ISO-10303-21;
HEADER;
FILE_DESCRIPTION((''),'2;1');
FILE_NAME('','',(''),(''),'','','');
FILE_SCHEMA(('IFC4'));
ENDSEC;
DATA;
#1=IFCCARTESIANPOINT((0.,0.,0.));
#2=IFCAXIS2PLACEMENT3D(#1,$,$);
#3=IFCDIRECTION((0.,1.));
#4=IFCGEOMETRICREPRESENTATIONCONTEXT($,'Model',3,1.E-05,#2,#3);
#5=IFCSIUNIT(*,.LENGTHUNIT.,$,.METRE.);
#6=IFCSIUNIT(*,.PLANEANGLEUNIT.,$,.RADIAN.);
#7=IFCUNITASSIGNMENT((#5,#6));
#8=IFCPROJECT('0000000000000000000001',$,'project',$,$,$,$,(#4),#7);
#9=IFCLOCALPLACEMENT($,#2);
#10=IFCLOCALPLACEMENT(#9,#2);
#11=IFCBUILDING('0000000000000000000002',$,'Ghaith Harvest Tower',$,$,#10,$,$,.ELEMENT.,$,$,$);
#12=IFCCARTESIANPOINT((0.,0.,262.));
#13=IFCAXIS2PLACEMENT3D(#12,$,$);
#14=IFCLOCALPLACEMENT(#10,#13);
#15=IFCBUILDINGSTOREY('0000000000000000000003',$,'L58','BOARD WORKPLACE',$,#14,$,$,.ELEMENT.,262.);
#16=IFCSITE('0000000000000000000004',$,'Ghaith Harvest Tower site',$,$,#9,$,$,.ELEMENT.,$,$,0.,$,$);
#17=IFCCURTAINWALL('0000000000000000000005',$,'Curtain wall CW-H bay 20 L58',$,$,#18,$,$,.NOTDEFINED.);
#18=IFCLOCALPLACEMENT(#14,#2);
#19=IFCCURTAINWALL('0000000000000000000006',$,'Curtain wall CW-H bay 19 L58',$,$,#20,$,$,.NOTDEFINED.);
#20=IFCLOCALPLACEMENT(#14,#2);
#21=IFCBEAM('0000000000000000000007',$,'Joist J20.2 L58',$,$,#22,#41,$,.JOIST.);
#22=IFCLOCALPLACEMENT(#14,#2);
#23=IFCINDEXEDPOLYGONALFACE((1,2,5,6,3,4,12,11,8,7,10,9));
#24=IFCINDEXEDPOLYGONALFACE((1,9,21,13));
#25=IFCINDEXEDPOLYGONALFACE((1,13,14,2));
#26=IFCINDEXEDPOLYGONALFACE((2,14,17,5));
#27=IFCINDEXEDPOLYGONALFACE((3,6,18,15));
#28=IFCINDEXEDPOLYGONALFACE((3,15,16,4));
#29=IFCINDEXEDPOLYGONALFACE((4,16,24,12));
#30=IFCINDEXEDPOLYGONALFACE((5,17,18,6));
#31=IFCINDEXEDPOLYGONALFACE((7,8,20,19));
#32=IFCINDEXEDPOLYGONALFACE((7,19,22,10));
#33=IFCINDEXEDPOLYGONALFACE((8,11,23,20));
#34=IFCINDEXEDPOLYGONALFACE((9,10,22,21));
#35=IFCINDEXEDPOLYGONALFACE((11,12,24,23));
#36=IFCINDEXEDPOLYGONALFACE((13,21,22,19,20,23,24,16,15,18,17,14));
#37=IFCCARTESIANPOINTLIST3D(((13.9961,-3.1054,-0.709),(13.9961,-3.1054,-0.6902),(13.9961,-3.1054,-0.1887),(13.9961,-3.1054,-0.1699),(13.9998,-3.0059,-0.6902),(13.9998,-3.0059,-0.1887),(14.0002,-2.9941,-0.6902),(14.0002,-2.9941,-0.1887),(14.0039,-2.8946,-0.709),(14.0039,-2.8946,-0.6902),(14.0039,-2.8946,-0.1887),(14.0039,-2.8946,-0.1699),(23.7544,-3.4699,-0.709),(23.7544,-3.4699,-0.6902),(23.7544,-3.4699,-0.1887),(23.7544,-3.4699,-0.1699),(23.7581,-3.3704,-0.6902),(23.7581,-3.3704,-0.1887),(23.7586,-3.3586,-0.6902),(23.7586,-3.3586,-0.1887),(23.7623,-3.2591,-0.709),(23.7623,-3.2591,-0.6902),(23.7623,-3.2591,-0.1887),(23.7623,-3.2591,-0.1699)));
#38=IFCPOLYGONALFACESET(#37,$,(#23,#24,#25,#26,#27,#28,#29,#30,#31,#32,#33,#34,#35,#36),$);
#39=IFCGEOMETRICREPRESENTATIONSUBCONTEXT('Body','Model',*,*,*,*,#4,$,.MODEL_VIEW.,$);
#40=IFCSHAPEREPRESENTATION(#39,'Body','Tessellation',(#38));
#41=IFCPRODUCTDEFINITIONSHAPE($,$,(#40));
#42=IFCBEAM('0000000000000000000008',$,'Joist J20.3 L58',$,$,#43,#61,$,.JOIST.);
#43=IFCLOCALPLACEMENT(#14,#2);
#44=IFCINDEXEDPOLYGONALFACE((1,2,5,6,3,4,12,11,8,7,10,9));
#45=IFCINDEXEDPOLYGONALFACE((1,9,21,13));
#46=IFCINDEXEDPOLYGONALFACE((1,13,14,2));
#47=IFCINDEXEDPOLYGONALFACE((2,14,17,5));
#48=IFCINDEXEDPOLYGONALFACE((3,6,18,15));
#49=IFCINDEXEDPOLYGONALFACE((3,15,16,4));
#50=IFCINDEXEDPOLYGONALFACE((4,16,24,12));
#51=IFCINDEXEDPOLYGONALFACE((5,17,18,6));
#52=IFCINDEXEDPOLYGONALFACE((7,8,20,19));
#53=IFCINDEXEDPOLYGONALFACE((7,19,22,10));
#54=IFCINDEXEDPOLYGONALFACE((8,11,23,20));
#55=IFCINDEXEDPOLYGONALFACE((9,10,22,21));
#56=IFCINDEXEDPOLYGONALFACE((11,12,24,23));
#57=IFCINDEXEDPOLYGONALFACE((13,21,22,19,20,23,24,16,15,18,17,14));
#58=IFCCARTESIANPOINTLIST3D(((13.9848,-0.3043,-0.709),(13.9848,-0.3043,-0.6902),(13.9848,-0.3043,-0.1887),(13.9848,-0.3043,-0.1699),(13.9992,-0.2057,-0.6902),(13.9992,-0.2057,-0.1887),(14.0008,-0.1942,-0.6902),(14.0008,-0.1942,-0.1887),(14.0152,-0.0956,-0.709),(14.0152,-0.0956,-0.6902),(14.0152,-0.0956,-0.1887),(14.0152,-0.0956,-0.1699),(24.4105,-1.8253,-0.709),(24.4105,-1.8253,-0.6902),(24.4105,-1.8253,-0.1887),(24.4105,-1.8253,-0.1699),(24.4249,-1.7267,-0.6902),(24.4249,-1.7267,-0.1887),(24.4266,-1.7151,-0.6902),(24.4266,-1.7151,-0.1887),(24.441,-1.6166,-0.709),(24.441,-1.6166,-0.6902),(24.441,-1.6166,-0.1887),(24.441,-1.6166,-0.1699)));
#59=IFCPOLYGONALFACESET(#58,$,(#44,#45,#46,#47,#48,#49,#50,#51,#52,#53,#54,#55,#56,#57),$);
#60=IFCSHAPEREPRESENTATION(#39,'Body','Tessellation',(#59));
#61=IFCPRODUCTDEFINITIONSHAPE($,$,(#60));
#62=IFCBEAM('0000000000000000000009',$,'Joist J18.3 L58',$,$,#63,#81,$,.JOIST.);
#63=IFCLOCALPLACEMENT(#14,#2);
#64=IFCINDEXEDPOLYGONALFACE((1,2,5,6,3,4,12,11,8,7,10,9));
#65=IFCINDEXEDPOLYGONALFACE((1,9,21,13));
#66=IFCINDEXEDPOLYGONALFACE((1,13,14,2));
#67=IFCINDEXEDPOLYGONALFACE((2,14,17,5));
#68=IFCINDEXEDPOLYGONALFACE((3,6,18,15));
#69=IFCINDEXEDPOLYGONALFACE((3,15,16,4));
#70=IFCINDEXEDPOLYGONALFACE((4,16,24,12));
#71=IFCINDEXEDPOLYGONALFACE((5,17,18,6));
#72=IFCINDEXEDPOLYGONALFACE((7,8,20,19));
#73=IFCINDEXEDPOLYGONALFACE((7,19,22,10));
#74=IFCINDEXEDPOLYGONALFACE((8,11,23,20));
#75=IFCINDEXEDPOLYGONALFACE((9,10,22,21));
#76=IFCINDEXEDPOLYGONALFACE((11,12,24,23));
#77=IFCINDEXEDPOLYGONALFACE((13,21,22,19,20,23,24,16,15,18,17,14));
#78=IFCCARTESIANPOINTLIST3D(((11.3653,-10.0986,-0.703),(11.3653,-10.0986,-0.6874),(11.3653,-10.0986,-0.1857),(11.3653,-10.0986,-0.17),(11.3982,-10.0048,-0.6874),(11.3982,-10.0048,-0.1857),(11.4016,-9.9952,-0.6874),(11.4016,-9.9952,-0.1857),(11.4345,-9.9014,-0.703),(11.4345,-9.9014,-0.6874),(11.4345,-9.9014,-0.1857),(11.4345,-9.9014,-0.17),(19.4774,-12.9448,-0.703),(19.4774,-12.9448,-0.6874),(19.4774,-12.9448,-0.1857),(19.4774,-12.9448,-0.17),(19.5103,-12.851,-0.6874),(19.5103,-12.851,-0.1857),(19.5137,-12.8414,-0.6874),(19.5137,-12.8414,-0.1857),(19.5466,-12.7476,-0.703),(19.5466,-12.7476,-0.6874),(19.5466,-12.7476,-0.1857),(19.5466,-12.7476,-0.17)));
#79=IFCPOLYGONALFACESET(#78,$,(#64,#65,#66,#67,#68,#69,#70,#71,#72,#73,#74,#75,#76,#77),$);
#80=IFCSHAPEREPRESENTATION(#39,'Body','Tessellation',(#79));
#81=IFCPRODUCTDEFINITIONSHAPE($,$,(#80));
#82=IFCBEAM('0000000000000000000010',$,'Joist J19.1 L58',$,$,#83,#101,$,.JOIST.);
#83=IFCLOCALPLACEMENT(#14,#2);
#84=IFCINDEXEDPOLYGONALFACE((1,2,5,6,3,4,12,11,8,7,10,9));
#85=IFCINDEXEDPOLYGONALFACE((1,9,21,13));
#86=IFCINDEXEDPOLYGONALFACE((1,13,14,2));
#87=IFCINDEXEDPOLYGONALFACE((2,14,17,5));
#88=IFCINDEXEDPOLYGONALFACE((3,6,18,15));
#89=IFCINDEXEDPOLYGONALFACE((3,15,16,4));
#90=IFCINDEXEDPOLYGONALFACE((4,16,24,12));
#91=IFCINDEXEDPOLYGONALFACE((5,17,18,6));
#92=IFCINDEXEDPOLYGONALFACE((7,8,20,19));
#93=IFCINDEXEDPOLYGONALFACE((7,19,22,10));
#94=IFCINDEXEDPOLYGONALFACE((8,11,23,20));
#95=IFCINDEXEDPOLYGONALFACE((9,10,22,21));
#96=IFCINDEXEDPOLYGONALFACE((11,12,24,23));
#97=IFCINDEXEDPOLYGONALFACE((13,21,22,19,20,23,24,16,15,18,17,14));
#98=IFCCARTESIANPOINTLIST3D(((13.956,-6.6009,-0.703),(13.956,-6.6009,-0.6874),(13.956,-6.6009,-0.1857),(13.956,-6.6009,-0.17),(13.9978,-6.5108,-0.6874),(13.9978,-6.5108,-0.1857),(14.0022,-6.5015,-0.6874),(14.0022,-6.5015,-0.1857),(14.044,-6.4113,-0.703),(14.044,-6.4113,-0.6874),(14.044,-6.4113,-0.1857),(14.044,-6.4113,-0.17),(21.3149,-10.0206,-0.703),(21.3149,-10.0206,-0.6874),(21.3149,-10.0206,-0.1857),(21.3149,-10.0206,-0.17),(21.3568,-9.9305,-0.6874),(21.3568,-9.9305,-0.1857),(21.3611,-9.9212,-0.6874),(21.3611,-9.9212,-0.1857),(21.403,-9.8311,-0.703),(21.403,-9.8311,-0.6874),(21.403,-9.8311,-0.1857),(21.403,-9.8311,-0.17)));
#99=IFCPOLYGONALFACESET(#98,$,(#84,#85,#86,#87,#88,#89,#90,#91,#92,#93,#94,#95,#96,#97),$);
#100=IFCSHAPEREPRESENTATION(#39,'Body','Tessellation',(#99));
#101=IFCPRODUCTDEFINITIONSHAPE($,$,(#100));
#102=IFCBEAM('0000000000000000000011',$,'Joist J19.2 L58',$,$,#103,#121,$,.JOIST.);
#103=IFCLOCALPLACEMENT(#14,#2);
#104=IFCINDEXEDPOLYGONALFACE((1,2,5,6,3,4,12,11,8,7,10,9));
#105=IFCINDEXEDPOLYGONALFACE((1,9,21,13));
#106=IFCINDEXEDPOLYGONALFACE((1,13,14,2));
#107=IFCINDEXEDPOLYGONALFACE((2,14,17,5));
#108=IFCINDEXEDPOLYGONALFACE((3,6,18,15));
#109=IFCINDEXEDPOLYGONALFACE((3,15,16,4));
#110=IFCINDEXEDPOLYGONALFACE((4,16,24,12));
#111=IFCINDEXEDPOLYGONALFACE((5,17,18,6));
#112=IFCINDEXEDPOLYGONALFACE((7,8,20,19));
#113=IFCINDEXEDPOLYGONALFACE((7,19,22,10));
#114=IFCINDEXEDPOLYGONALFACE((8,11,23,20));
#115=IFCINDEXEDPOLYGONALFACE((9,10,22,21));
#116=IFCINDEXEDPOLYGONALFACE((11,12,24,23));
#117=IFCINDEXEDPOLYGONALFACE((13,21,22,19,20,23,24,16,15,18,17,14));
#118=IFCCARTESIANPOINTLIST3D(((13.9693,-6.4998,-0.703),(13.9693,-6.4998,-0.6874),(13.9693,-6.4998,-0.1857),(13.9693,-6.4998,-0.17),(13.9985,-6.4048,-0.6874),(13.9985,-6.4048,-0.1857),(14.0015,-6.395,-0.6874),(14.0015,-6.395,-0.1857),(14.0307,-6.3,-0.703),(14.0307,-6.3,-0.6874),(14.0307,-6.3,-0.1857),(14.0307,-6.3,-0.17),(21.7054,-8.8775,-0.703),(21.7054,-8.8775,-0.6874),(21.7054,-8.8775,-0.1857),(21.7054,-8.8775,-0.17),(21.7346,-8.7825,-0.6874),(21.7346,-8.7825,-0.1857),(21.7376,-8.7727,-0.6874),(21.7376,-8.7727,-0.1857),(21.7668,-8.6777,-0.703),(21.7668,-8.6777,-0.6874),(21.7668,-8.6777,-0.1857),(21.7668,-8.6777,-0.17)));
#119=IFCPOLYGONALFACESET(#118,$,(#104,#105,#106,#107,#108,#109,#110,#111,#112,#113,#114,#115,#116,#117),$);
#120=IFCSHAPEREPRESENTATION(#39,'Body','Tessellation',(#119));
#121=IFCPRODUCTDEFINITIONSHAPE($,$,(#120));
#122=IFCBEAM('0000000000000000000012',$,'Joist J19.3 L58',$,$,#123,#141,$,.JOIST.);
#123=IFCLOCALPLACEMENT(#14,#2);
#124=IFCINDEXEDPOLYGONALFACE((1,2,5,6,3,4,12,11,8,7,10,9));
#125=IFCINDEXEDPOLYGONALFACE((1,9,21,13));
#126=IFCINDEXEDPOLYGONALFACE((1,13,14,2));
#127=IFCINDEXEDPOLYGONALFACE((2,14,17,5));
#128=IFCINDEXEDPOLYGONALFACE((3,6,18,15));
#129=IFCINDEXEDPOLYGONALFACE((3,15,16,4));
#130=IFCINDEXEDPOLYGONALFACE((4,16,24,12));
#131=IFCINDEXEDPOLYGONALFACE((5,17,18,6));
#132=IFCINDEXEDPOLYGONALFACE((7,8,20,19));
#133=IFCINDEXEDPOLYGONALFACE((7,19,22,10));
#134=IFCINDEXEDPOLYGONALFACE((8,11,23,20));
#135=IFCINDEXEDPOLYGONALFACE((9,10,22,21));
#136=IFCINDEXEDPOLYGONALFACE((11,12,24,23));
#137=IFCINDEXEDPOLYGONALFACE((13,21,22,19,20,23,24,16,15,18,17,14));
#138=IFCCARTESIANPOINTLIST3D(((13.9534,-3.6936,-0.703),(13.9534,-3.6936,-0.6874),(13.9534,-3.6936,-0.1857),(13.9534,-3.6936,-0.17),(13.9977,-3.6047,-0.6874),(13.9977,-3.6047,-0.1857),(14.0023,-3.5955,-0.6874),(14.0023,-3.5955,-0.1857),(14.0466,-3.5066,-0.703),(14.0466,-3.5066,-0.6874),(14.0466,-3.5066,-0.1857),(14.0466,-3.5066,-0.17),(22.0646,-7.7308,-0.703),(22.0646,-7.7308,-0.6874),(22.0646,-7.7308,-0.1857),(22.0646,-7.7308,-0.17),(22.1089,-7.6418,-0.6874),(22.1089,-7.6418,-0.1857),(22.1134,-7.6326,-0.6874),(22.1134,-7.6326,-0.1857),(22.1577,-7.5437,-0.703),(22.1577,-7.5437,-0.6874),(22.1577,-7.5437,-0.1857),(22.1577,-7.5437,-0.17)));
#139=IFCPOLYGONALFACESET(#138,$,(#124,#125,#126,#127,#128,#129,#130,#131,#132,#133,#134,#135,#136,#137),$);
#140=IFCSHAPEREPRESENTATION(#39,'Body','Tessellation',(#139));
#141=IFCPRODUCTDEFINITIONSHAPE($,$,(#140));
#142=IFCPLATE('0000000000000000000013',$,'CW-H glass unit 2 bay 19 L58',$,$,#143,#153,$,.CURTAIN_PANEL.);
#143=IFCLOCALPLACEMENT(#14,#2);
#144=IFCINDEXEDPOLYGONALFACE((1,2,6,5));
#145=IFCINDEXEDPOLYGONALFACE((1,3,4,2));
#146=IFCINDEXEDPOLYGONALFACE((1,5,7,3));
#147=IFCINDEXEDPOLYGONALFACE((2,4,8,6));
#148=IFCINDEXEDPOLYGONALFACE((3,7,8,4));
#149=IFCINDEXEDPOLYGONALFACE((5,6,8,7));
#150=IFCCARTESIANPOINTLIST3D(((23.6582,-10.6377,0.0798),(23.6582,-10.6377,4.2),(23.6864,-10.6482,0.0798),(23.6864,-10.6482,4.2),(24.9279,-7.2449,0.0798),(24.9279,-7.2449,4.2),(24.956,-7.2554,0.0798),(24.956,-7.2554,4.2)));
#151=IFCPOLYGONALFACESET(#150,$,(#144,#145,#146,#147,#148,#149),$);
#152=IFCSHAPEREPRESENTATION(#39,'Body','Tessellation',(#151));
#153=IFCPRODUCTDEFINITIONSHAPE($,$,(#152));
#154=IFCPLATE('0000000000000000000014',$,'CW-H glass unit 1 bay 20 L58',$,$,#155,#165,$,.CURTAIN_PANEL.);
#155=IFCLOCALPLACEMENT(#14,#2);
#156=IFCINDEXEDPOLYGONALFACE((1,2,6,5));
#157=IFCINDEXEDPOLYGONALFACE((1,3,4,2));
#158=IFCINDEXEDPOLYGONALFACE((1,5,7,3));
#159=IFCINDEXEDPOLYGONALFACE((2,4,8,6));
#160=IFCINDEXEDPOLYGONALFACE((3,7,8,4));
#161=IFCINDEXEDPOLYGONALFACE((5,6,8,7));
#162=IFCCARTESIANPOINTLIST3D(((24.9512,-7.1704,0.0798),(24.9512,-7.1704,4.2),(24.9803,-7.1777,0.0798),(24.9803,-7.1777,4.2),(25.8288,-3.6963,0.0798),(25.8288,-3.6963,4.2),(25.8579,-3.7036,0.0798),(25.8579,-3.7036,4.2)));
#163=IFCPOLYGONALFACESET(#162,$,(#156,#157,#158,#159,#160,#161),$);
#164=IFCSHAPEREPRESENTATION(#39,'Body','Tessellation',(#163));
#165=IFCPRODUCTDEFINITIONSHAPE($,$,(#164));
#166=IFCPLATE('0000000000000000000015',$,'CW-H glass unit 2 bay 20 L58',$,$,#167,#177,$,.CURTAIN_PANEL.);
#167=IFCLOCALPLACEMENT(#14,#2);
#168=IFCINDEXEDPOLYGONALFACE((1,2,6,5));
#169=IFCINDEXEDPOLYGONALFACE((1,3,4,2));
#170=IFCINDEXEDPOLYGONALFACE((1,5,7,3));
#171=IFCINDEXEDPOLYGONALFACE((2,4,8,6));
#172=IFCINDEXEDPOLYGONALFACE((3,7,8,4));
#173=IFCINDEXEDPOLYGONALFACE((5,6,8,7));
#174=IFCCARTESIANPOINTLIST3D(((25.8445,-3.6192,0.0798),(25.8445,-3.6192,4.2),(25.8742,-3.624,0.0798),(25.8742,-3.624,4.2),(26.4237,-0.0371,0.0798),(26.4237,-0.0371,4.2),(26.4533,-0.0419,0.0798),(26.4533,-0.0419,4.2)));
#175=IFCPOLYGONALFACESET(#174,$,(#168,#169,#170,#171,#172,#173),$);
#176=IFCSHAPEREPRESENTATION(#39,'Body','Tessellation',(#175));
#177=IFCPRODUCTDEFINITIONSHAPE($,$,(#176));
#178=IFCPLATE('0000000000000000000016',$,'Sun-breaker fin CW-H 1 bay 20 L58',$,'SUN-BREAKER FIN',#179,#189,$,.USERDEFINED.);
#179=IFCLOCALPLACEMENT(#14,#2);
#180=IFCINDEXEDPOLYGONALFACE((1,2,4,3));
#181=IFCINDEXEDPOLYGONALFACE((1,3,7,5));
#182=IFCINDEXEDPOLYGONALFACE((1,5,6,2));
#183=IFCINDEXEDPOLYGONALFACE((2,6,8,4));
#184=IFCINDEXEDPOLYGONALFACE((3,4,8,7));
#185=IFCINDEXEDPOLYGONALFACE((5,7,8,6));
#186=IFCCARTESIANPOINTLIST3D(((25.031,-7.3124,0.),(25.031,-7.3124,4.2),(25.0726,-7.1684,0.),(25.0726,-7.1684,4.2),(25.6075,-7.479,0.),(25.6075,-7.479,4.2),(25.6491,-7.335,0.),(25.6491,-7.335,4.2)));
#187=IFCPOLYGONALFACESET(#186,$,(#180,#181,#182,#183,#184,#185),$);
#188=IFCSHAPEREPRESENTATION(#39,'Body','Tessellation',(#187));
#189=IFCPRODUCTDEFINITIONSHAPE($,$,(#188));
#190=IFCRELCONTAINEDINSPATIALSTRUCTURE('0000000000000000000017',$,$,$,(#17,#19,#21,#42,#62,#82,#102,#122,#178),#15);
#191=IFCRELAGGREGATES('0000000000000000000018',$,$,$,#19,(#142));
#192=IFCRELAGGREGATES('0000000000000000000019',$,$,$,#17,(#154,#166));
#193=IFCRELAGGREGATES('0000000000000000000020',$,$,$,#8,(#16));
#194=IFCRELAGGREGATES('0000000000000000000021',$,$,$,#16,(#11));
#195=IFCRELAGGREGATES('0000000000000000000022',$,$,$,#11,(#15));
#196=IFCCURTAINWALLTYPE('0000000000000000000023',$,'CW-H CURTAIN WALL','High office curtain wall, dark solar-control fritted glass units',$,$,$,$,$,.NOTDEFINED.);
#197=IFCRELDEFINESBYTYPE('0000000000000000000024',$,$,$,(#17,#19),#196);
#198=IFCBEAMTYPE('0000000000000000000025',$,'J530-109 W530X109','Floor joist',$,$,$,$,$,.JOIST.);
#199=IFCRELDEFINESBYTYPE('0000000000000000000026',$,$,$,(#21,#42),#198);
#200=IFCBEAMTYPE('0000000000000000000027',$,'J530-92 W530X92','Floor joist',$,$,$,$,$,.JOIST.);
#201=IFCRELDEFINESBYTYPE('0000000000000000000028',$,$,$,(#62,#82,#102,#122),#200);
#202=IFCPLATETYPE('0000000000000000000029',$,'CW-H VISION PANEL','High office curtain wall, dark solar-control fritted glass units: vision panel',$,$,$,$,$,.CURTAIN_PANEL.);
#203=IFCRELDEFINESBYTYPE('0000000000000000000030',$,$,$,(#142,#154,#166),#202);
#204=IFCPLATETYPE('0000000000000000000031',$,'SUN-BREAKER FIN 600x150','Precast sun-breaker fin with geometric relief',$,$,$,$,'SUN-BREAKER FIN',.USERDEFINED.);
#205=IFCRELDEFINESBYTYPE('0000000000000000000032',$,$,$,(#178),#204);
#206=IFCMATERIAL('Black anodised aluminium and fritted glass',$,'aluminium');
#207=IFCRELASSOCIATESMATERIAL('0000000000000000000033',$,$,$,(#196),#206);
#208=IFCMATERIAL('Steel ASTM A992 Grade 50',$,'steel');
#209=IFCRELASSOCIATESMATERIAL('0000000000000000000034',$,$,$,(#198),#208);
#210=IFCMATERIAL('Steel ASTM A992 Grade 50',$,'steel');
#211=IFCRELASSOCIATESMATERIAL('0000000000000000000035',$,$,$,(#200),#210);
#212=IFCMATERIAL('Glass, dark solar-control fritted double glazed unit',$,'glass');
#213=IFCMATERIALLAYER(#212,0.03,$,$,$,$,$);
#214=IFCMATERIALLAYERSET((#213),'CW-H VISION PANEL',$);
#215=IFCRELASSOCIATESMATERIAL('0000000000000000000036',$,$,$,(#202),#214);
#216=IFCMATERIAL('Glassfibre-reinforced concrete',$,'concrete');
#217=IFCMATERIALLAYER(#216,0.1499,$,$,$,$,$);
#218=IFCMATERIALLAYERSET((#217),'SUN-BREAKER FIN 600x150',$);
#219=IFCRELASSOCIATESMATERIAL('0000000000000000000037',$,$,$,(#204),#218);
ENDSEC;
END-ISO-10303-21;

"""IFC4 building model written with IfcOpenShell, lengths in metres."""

from ifc_helpers import new_model, si_unit, direction, frame, origin, origin_2d, place, context, subcontext, project, spatial, rectangle, i_section, extrude, material, layer, layer_set, material_profile, profile_set, type_object, element, aggregate, save


model = new_model("IFC4")

# Units and contexts
model_context = context("Model", 3, precision=1e-05, world=origin(), true_north=direction((0.0, 1.0)))
body_context = subcontext(model_context, "Body", "Model", "MODEL_VIEW")
ifc_project = project(units=[si_unit("LENGTHUNIT", "METRE"), si_unit("PLANEANGLEUNIT", "RADIAN")], contexts=[model_context])

# Site, building, storey
site_placement = place(None, origin())
site = spatial("IfcSite", under=ifc_project, at=site_placement, Name="Ghaith Harvest Tower site", CompositionType="ELEMENT", RefElevation=0.0)
building_placement = place(site_placement, origin())
building = spatial("IfcBuilding", under=site, at=building_placement, Name="Ghaith Harvest Tower", CompositionType="ELEMENT")
storey_placement = place(building_placement, frame((0.0, 0.0, 262.0)))
storey = spatial("IfcBuildingStorey", under=building, at=storey_placement, Name="L58", Description="BOARD WORKPLACE", CompositionType="ELEMENT", Elevation=262.0)

# Curtain wall
ifc_material_1 = material(Name="Black anodised aluminium and fritted glass", Category="aluminium")
curtain_wall_type = type_object("IfcCurtainWallType", Name="CW-H CURTAIN WALL", Description="High office curtain wall, dark solar-control fritted glass units", PredefinedType="NOTDEFINED", material=ifc_material_1)
curtain_wall_1_placement = place(storey_placement, origin())
curtain_wall_1 = element("IfcCurtainWall", 1, at=curtain_wall_1_placement, inside=storey, type_object=curtain_wall_type, Name="Curtain wall CW-H bay 20 L58", PredefinedType="NOTDEFINED")

# Curtain wall
curtain_wall_2_placement = place(storey_placement, origin())
curtain_wall_2 = element("IfcCurtainWall", 2, at=curtain_wall_2_placement, inside=storey, type_object=curtain_wall_type, Name="Curtain wall CW-H bay 19 L58", PredefinedType="NOTDEFINED")

# Beams
ifc_material_2 = material(Name="Steel ASTM A992 Grade 50", Category="steel")
ifc_material_profile_1 = material_profile(ifc_material_2, i_section(OverallWidth=0.2109, OverallDepth=0.5391, WebThickness=0.0117, FlangeThickness=0.0188, at=origin_2d()), Name="W530X109")
ifc_profile_set_1 = profile_set([ifc_material_profile_1], Name="Steel ASTM A992 Grade 50")
beam_type_1 = type_object("IfcBeamType", Name="J530-109 W530X109", Description="Floor joist", PredefinedType="JOIST", material=ifc_profile_set_1)
beam_1_placement = place(storey_placement, frame((14.0, -3.0, -0.4395), z_axis=(0.999303, -0.037327, 0.0), x_axis=(0.037327, 0.999303, 0.0)))
element("IfcBeam", 3, at=beam_1_placement, inside=storey, type_object=beam_type_1, Name="Joist J20.2 L58", PredefinedType="JOIST", context=body_context, shape_type="SweptSolid", body=[
    extrude(i_section(OverallWidth=0.2109, OverallDepth=0.5391, WebThickness=0.0117, FlangeThickness=0.0188, at=origin_2d()), origin(), (0.0, 0.0, 1.0), 9.7651),
])
beam_2_placement = place(storey_placement, frame((14.0, -0.2, -0.4395), z_axis=(0.989525, -0.14436, 0.0), x_axis=(0.14436, 0.989525, 0.0)))
element("IfcBeam", 4, at=beam_2_placement, inside=storey, type_object=beam_type_1, Name="Joist J20.3 L58", PredefinedType="JOIST", context=body_context, shape_type="SweptSolid", body=[
    extrude(i_section(OverallWidth=0.2109, OverallDepth=0.5391, WebThickness=0.0117, FlangeThickness=0.0188, at=origin_2d()), origin(), (0.0, 0.0, 1.0), 10.5361),
])
ifc_material_3 = material(Name="Steel ASTM A992 Grade 50", Category="steel")
ifc_material_profile_2 = material_profile(ifc_material_3, i_section(OverallWidth=0.209, OverallDepth=0.533, WebThickness=0.0103, FlangeThickness=0.0156, at=origin_2d()), Name="W530X92")
ifc_profile_set_2 = profile_set([ifc_material_profile_2], Name="Steel ASTM A992 Grade 50")
beam_type_2 = type_object("IfcBeamType", Name="J530-92 W530X92", Description="Floor joist", PredefinedType="JOIST", material=ifc_profile_set_2)
beam_3_placement = place(storey_placement, frame((11.3999, -10.0, -0.4365), z_axis=(0.943605, -0.331073, 0.0), x_axis=(0.331073, 0.943605, 0.0)))
element("IfcBeam", 5, at=beam_3_placement, inside=storey, type_object=beam_type_2, Name="Joist J18.3 L58", PredefinedType="JOIST", context=body_context, shape_type="SweptSolid", body=[
    extrude(i_section(OverallWidth=0.209, OverallDepth=0.533, WebThickness=0.0103, FlangeThickness=0.0156, at=origin_2d()), origin(), (0.0, 0.0, 1.0), 8.5969),
])
beam_4_placement = place(storey_placement, frame((14.0, -6.5061, -0.4365), z_axis=(0.906865, -0.421421, 0.0), x_axis=(0.421421, 0.906865, 0.0)))
element("IfcBeam", 6, at=beam_4_placement, inside=storey, type_object=beam_type_2, Name="Joist J19.1 L58", PredefinedType="JOIST", context=body_context, shape_type="SweptSolid", body=[
    extrude(i_section(OverallWidth=0.209, OverallDepth=0.533, WebThickness=0.0103, FlangeThickness=0.0156, at=origin_2d()), origin(), (0.0, 0.0, 1.0), 8.1147),
])
beam_5_placement = place(storey_placement, frame((14.0, -6.3999, -0.4365), z_axis=(0.955871, -0.293787, 0.0), x_axis=(0.293787, 0.955871, 0.0)))
element("IfcBeam", 7, at=beam_5_placement, inside=storey, type_object=beam_type_2, Name="Joist J19.2 L58", PredefinedType="JOIST", context=body_context, shape_type="SweptSolid", body=[
    extrude(i_section(OverallWidth=0.209, OverallDepth=0.533, WebThickness=0.0103, FlangeThickness=0.0156, at=origin_2d()), origin(), (0.0, 0.0, 1.0), 8.0933),
])
beam_6_placement = place(storey_placement, frame((14.0, -3.6001, -0.4365), z_axis=(0.895239, -0.445585, 0.0), x_axis=(0.445585, 0.895239, 0.0)))
element("IfcBeam", 8, at=beam_6_placement, inside=storey, type_object=beam_type_2, Name="Joist J19.3 L58", PredefinedType="JOIST", context=body_context, shape_type="SweptSolid", body=[
    extrude(i_section(OverallWidth=0.209, OverallDepth=0.533, WebThickness=0.0103, FlangeThickness=0.0156, at=origin_2d()), origin(), (0.0, 0.0, 1.0), 9.0603),
])

# Plates
ifc_material_4 = material(Name="Glass, dark solar-control fritted double glazed unit", Category="glass")
ifc_layer_1 = layer(ifc_material_4, 0.03)
ifc_layer_set_1 = layer_set([ifc_layer_1], Name="CW-H VISION PANEL")
plate_type_1 = type_object("IfcPlateType", Name="CW-H VISION PANEL", Description="High office curtain wall, dark solar-control fritted glass units: vision panel", PredefinedType="CURTAIN_PANEL", material=ifc_layer_set_1)
plate_1_placement = place(storey_placement, frame((24.3071, -8.9465, 0.0798), z_axis=(0.0, 0.0, 1.0), x_axis=(0.350481, 0.93657, 0.0)))
plate_1 = element("IfcPlate", 9, at=plate_1_placement, type_object=plate_type_1, Name="CW-H glass unit 2 bay 19 L58", PredefinedType="CURTAIN_PANEL", context=body_context, shape_type="SweptSolid", body=[
    extrude(rectangle(XDim=3.6226, YDim=0.03, at=origin_2d()), origin(), (0.0, 0.0, 1.0), 4.1201),
])
aggregate(curtain_wall_2, [plate_1])
plate_2_placement = place(storey_placement, frame((25.4045, -5.437, 0.0798), z_axis=(0.0, 0.0, 1.0), x_axis=(0.244926, 0.969542, 0.0)))
plate_2 = element("IfcPlate", 10, at=plate_2_placement, type_object=plate_type_1, Name="CW-H glass unit 1 bay 20 L58", PredefinedType="CURTAIN_PANEL", context=body_context, shape_type="SweptSolid", body=[
    extrude(rectangle(XDim=3.5833, YDim=0.03, at=origin_2d()), origin(), (0.0, 0.0, 1.0), 4.1201),
])
plate_3_placement = place(storey_placement, frame((26.1489, -1.8306, 0.0798), z_axis=(0.0, 0.0, 1.0), x_axis=(0.159601, 0.987182, 0.0)))
plate_3 = element("IfcPlate", 11, at=plate_3_placement, type_object=plate_type_1, Name="CW-H glass unit 2 bay 20 L58", PredefinedType="CURTAIN_PANEL", context=body_context, shape_type="SweptSolid", body=[
    extrude(rectangle(XDim=3.6287, YDim=0.03, at=origin_2d()), origin(), (0.0, 0.0, 1.0), 4.1201),
])
aggregate(curtain_wall_1, [plate_2, plate_3])
ifc_material_5 = material(Name="Glassfibre-reinforced concrete", Category="concrete")
ifc_layer_2 = layer(ifc_material_5, 0.1499)
ifc_layer_set_2 = layer_set([ifc_layer_2], Name="SUN-BREAKER FIN 600x150")
plate_type_2 = type_object("IfcPlateType", Name="SUN-BREAKER FIN 600x150", Description="Precast sun-breaker fin with geometric relief", ElementType="SUN-BREAKER FIN", PredefinedType="USERDEFINED", material=ifc_layer_set_2)
plate_4_placement = place(storey_placement, frame((25.3401, -7.3237, 0.0), z_axis=(0.0, 0.0, 1.0), x_axis=(0.96068, -0.277657, 0.0)))
element("IfcPlate", 12, at=plate_4_placement, inside=storey, type_object=plate_type_2, Name="Sun-breaker fin CW-H 1 bay 20 L58", ObjectType="SUN-BREAKER FIN", PredefinedType="USERDEFINED", context=body_context, shape_type="SweptSolid", body=[
    extrude(rectangle(XDim=0.6001, YDim=0.1499, at=origin_2d()), origin(), (0.0, 0.0, 1.0), 4.2),
])

save(model, "model.ifc")
